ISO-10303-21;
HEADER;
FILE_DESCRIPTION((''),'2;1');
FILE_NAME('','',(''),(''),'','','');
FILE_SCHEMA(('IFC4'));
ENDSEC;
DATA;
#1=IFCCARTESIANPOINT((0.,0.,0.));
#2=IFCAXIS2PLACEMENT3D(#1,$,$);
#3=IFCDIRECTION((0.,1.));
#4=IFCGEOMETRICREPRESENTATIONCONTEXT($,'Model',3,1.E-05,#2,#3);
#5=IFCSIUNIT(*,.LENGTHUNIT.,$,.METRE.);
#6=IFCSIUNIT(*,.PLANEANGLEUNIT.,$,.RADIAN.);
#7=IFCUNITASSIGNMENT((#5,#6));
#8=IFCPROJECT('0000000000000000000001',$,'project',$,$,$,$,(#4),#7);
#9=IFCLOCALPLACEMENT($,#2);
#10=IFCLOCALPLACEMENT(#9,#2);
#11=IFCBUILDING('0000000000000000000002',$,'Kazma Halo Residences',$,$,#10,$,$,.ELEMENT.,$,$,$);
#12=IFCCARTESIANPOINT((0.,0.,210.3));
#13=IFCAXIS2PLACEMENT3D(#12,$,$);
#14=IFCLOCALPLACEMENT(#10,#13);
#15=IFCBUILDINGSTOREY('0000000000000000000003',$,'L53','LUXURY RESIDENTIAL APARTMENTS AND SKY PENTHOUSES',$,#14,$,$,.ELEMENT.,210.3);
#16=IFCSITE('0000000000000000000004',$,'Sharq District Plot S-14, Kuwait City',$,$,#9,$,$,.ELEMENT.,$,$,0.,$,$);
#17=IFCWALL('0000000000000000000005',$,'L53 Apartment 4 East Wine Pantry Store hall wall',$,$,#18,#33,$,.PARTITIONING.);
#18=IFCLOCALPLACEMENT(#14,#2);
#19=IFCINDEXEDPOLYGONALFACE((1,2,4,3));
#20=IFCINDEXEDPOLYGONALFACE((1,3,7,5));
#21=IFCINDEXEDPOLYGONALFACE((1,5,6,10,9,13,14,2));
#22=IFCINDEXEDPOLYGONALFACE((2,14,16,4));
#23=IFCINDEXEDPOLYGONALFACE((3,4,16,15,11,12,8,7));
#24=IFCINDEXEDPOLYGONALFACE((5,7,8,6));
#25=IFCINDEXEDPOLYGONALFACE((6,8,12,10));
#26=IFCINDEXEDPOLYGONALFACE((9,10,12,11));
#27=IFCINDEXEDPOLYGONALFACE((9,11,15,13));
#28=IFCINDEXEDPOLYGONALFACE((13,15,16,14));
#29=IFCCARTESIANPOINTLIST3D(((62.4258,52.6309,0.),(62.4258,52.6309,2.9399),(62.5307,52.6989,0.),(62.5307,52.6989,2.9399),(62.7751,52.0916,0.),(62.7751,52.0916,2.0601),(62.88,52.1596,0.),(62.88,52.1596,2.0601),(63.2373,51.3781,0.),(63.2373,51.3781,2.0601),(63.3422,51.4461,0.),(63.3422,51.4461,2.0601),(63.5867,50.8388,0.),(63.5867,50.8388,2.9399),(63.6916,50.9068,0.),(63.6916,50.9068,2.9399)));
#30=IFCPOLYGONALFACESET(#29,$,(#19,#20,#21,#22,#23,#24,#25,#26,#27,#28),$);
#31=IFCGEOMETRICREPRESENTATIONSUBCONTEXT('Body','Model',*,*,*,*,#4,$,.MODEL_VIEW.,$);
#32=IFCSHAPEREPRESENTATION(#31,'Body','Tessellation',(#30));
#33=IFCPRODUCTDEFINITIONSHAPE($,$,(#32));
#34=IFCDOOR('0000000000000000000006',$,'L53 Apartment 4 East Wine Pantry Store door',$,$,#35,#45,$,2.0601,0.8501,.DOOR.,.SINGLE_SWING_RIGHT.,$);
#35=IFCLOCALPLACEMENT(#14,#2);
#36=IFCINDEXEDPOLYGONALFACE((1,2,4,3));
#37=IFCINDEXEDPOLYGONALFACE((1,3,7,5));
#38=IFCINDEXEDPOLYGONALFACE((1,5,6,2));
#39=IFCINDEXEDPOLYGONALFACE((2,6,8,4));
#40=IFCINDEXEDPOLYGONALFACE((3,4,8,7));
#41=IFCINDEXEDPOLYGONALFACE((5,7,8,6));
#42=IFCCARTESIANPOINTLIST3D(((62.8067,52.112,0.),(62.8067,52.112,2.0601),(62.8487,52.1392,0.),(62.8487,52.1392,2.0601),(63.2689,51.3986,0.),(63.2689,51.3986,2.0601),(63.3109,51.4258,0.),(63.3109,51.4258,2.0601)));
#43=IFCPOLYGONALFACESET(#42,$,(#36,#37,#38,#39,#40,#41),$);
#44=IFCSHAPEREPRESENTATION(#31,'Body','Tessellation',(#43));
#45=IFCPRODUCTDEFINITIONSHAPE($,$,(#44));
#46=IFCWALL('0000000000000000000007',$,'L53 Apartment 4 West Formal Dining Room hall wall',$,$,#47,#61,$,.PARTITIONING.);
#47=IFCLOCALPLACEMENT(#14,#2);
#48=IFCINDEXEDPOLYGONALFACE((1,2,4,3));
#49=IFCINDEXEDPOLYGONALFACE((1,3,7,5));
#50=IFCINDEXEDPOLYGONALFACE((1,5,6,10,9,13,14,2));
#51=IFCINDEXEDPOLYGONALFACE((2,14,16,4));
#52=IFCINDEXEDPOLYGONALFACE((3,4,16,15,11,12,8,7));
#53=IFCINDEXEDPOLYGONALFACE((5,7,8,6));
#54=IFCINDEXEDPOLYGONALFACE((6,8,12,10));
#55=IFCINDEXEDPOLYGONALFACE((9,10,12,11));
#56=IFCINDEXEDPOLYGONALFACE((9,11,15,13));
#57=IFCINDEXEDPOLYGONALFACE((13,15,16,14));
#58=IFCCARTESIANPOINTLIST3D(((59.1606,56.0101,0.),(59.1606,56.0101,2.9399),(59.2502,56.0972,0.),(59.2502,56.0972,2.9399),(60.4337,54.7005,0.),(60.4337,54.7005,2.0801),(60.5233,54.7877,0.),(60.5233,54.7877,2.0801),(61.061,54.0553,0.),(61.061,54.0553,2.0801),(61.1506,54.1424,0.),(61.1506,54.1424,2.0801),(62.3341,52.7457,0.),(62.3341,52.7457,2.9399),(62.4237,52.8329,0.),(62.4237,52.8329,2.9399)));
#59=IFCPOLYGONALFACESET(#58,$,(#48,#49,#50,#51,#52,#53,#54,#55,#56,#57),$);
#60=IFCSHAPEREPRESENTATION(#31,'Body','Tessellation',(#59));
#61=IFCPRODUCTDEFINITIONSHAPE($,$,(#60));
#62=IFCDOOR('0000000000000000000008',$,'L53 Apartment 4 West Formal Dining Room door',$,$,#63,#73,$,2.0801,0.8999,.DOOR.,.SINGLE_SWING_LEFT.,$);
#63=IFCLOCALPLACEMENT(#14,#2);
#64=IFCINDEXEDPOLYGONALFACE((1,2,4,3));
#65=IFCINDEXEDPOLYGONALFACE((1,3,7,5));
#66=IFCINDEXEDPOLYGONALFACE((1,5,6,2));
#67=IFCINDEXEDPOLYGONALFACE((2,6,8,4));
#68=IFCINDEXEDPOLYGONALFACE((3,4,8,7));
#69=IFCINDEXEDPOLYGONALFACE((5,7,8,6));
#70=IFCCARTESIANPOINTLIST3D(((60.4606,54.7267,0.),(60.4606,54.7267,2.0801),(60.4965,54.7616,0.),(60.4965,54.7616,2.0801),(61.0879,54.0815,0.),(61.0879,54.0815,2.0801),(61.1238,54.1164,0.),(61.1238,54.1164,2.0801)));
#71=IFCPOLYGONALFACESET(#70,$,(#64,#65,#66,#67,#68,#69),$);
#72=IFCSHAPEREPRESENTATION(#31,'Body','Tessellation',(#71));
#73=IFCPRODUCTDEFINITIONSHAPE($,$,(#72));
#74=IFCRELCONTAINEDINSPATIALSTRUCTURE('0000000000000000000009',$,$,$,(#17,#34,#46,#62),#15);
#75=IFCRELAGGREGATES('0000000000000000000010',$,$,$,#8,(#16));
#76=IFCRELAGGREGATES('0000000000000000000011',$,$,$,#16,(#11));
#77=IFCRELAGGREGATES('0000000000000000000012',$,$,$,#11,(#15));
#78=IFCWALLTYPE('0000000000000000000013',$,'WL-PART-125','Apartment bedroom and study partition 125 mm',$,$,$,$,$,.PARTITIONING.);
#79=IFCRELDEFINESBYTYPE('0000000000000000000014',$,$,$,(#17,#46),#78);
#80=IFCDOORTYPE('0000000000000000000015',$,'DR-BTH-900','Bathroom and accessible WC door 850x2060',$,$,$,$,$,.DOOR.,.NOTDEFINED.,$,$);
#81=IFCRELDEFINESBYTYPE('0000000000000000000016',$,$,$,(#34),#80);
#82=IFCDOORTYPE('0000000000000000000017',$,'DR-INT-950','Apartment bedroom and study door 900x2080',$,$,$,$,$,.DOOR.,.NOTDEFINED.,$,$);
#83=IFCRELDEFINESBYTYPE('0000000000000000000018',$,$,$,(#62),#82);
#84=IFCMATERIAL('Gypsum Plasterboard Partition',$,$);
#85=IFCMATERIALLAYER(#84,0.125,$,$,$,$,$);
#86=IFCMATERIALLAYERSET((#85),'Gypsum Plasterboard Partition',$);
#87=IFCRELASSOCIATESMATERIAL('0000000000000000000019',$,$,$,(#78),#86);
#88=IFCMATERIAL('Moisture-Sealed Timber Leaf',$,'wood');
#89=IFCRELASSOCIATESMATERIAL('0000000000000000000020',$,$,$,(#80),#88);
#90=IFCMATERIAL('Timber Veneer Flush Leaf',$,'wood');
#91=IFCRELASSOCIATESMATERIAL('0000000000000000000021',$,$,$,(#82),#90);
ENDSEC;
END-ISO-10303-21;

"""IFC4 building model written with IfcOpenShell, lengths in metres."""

from ifc_helpers import new_model, si_unit, direction, frame, frame_2d, origin, place, context, subcontext, project, spatial, rectangle, extrude, material, layer, layer_set, type_object, element, fill, save


model = new_model("IFC4")

# Units and contexts
model_context = context("Model", 3, precision=1e-05, world=origin(), true_north=direction((0.0, 1.0)))
body_context = subcontext(model_context, "Body", "Model", "MODEL_VIEW")
ifc_project = project(units=[si_unit("LENGTHUNIT", "METRE"), si_unit("PLANEANGLEUNIT", "RADIAN")], contexts=[model_context])

# Site, building, storey
site_placement = place(None, origin())
site = spatial("IfcSite", under=ifc_project, at=site_placement, Name="Sharq District Plot S-14, Kuwait City", CompositionType="ELEMENT", RefElevation=0.0)
building_placement = place(site_placement, origin())
building = spatial("IfcBuilding", under=site, at=building_placement, Name="Kazma Halo Residences", CompositionType="ELEMENT")
storey_placement = place(building_placement, frame((0.0, 0.0, 210.3)))
storey = spatial("IfcBuildingStorey", under=building, at=storey_placement, Name="L53", Description="LUXURY RESIDENTIAL APARTMENTS AND SKY PENTHOUSES", CompositionType="ELEMENT", Elevation=210.3)

# Shared definitions
ifc_material_1 = material(Name="Gypsum Plasterboard Partition")
ifc_layer_1 = layer(ifc_material_1, 0.125)
ifc_layer_set_1 = layer_set([ifc_layer_1], Name="Gypsum Plasterboard Partition")
wall_type_1 = type_object("IfcWallType", Name="WL-PART-125", Description="Apartment bedroom and study partition 125 mm", PredefinedType="PARTITIONING", material=ifc_layer_set_1)

# Shared definitions
ifc_material_2 = material(Name="Moisture-Sealed Timber Leaf", Category="wood")
door_type_1 = type_object("IfcDoorType", Name="DR-BTH-900", Description="Bathroom and accessible WC door 850x2060", OperationType="NOTDEFINED", PredefinedType="DOOR", material=ifc_material_2)

# Walls, openings, doors
wall_1_placement = place(storey_placement, frame((63.6392, 50.8728, 0.0), z_axis=(0.0, 0.0, 1.0), x_axis=(-0.543702, 0.839279, 0.0)))
wall_1 = element("IfcWall", 1, at=wall_1_placement, inside=storey, type_object=wall_type_1, Name="L53 Apartment 4 East Wine Pantry Store hall wall", PredefinedType="PARTITIONING", context=body_context, shape_type="SweptSolid", body=[
    extrude(rectangle(XDim=2.1353, YDim=0.125, at=frame_2d((1.0676, 0.0))), origin(), (0.0, 0.0, 1.0), 2.9399),
])
opening_1_placement = place(wall_1_placement, frame((0.6426, 0.0, 0.0)))
opening_1 = element("IfcOpeningElement", 2, at=opening_1_placement, cuts=wall_1, PredefinedType="OPENING", context=body_context, shape_type="SweptSolid", body=[
    extrude(rectangle(XDim=0.8501, YDim=2.0601, at=frame_2d((0.425, 1.03))), frame((0.0, 0.0725, 0.0), z_axis=(0.0, -1.0, 0.0), x_axis=(1.0, 0.0, 0.0)), (0.0, 0.0, 1.0), 0.145),
])
door_1_placement = place(opening_1_placement, origin())
door_1 = element("IfcDoor", 3, at=door_1_placement, inside=storey, type_object=door_type_1, Name="L53 Apartment 4 East Wine Pantry Store door", OperationType="SINGLE_SWING_RIGHT", OverallHeight=2.0601, OverallWidth=0.8501, PredefinedType="DOOR", context=body_context, shape_type="SweptSolid", body=[
    extrude(rectangle(XDim=0.8501, YDim=2.0601, at=frame_2d((0.425, 1.03))), frame((0.0, 0.0249, 0.0), z_axis=(0.0, -1.0, 0.0), x_axis=(1.0, 0.0, 0.0)), (0.0, 0.0, 1.0), 0.05),
])
fill(opening_1, door_1)
wall_2_placement = place(storey_placement, frame((62.3789, 52.7893, 0.0), z_axis=(0.0, 0.0, 1.0), x_axis=(-0.697062, 0.717011, 0.0)))
wall_2 = element("IfcWall", 4, at=wall_2_placement, inside=storey, type_object=wall_type_1, Name="L53 Apartment 4 West Formal Dining Room hall wall", PredefinedType="PARTITIONING", context=body_context, shape_type="SweptSolid", body=[
    extrude(rectangle(XDim=4.5527, YDim=0.125, at=frame_2d((2.2764, 0.0))), origin(), (0.0, 0.0, 1.0), 2.9399),
])
opening_2_placement = place(wall_2_placement, frame((1.8264, 0.0, 0.0)))
opening_2 = element("IfcOpeningElement", 5, at=opening_2_placement, cuts=wall_2, PredefinedType="OPENING", context=body_context, shape_type="SweptSolid", body=[
    extrude(rectangle(XDim=0.8999, YDim=2.0801, at=frame_2d((0.45, 1.04))), frame((0.0, 0.0725, 0.0), z_axis=(0.0, -1.0, 0.0), x_axis=(1.0, 0.0, 0.0)), (0.0, 0.0, 1.0), 0.145),
])
ifc_material_3 = material(Name="Timber Veneer Flush Leaf", Category="wood")
door_type_2 = type_object("IfcDoorType", Name="DR-INT-950", Description="Apartment bedroom and study door 900x2080", OperationType="NOTDEFINED", PredefinedType="DOOR", material=ifc_material_3)
door_2_placement = place(opening_2_placement, origin())
door_2 = element("IfcDoor", 6, at=door_2_placement, inside=storey, type_object=door_type_2, Name="L53 Apartment 4 West Formal Dining Room door", OperationType="SINGLE_SWING_LEFT", OverallHeight=2.0801, OverallWidth=0.8999, PredefinedType="DOOR", context=body_context, shape_type="SweptSolid", body=[
    extrude(rectangle(XDim=0.8999, YDim=2.0801, at=frame_2d((0.45, 1.04))), frame((0.0, 0.0249, 0.0), z_axis=(0.0, -1.0, 0.0), x_axis=(1.0, 0.0, 0.0)), (0.0, 0.0, 1.0), 0.05),
])
fill(opening_2, door_2)

save(model, "model.ifc")
